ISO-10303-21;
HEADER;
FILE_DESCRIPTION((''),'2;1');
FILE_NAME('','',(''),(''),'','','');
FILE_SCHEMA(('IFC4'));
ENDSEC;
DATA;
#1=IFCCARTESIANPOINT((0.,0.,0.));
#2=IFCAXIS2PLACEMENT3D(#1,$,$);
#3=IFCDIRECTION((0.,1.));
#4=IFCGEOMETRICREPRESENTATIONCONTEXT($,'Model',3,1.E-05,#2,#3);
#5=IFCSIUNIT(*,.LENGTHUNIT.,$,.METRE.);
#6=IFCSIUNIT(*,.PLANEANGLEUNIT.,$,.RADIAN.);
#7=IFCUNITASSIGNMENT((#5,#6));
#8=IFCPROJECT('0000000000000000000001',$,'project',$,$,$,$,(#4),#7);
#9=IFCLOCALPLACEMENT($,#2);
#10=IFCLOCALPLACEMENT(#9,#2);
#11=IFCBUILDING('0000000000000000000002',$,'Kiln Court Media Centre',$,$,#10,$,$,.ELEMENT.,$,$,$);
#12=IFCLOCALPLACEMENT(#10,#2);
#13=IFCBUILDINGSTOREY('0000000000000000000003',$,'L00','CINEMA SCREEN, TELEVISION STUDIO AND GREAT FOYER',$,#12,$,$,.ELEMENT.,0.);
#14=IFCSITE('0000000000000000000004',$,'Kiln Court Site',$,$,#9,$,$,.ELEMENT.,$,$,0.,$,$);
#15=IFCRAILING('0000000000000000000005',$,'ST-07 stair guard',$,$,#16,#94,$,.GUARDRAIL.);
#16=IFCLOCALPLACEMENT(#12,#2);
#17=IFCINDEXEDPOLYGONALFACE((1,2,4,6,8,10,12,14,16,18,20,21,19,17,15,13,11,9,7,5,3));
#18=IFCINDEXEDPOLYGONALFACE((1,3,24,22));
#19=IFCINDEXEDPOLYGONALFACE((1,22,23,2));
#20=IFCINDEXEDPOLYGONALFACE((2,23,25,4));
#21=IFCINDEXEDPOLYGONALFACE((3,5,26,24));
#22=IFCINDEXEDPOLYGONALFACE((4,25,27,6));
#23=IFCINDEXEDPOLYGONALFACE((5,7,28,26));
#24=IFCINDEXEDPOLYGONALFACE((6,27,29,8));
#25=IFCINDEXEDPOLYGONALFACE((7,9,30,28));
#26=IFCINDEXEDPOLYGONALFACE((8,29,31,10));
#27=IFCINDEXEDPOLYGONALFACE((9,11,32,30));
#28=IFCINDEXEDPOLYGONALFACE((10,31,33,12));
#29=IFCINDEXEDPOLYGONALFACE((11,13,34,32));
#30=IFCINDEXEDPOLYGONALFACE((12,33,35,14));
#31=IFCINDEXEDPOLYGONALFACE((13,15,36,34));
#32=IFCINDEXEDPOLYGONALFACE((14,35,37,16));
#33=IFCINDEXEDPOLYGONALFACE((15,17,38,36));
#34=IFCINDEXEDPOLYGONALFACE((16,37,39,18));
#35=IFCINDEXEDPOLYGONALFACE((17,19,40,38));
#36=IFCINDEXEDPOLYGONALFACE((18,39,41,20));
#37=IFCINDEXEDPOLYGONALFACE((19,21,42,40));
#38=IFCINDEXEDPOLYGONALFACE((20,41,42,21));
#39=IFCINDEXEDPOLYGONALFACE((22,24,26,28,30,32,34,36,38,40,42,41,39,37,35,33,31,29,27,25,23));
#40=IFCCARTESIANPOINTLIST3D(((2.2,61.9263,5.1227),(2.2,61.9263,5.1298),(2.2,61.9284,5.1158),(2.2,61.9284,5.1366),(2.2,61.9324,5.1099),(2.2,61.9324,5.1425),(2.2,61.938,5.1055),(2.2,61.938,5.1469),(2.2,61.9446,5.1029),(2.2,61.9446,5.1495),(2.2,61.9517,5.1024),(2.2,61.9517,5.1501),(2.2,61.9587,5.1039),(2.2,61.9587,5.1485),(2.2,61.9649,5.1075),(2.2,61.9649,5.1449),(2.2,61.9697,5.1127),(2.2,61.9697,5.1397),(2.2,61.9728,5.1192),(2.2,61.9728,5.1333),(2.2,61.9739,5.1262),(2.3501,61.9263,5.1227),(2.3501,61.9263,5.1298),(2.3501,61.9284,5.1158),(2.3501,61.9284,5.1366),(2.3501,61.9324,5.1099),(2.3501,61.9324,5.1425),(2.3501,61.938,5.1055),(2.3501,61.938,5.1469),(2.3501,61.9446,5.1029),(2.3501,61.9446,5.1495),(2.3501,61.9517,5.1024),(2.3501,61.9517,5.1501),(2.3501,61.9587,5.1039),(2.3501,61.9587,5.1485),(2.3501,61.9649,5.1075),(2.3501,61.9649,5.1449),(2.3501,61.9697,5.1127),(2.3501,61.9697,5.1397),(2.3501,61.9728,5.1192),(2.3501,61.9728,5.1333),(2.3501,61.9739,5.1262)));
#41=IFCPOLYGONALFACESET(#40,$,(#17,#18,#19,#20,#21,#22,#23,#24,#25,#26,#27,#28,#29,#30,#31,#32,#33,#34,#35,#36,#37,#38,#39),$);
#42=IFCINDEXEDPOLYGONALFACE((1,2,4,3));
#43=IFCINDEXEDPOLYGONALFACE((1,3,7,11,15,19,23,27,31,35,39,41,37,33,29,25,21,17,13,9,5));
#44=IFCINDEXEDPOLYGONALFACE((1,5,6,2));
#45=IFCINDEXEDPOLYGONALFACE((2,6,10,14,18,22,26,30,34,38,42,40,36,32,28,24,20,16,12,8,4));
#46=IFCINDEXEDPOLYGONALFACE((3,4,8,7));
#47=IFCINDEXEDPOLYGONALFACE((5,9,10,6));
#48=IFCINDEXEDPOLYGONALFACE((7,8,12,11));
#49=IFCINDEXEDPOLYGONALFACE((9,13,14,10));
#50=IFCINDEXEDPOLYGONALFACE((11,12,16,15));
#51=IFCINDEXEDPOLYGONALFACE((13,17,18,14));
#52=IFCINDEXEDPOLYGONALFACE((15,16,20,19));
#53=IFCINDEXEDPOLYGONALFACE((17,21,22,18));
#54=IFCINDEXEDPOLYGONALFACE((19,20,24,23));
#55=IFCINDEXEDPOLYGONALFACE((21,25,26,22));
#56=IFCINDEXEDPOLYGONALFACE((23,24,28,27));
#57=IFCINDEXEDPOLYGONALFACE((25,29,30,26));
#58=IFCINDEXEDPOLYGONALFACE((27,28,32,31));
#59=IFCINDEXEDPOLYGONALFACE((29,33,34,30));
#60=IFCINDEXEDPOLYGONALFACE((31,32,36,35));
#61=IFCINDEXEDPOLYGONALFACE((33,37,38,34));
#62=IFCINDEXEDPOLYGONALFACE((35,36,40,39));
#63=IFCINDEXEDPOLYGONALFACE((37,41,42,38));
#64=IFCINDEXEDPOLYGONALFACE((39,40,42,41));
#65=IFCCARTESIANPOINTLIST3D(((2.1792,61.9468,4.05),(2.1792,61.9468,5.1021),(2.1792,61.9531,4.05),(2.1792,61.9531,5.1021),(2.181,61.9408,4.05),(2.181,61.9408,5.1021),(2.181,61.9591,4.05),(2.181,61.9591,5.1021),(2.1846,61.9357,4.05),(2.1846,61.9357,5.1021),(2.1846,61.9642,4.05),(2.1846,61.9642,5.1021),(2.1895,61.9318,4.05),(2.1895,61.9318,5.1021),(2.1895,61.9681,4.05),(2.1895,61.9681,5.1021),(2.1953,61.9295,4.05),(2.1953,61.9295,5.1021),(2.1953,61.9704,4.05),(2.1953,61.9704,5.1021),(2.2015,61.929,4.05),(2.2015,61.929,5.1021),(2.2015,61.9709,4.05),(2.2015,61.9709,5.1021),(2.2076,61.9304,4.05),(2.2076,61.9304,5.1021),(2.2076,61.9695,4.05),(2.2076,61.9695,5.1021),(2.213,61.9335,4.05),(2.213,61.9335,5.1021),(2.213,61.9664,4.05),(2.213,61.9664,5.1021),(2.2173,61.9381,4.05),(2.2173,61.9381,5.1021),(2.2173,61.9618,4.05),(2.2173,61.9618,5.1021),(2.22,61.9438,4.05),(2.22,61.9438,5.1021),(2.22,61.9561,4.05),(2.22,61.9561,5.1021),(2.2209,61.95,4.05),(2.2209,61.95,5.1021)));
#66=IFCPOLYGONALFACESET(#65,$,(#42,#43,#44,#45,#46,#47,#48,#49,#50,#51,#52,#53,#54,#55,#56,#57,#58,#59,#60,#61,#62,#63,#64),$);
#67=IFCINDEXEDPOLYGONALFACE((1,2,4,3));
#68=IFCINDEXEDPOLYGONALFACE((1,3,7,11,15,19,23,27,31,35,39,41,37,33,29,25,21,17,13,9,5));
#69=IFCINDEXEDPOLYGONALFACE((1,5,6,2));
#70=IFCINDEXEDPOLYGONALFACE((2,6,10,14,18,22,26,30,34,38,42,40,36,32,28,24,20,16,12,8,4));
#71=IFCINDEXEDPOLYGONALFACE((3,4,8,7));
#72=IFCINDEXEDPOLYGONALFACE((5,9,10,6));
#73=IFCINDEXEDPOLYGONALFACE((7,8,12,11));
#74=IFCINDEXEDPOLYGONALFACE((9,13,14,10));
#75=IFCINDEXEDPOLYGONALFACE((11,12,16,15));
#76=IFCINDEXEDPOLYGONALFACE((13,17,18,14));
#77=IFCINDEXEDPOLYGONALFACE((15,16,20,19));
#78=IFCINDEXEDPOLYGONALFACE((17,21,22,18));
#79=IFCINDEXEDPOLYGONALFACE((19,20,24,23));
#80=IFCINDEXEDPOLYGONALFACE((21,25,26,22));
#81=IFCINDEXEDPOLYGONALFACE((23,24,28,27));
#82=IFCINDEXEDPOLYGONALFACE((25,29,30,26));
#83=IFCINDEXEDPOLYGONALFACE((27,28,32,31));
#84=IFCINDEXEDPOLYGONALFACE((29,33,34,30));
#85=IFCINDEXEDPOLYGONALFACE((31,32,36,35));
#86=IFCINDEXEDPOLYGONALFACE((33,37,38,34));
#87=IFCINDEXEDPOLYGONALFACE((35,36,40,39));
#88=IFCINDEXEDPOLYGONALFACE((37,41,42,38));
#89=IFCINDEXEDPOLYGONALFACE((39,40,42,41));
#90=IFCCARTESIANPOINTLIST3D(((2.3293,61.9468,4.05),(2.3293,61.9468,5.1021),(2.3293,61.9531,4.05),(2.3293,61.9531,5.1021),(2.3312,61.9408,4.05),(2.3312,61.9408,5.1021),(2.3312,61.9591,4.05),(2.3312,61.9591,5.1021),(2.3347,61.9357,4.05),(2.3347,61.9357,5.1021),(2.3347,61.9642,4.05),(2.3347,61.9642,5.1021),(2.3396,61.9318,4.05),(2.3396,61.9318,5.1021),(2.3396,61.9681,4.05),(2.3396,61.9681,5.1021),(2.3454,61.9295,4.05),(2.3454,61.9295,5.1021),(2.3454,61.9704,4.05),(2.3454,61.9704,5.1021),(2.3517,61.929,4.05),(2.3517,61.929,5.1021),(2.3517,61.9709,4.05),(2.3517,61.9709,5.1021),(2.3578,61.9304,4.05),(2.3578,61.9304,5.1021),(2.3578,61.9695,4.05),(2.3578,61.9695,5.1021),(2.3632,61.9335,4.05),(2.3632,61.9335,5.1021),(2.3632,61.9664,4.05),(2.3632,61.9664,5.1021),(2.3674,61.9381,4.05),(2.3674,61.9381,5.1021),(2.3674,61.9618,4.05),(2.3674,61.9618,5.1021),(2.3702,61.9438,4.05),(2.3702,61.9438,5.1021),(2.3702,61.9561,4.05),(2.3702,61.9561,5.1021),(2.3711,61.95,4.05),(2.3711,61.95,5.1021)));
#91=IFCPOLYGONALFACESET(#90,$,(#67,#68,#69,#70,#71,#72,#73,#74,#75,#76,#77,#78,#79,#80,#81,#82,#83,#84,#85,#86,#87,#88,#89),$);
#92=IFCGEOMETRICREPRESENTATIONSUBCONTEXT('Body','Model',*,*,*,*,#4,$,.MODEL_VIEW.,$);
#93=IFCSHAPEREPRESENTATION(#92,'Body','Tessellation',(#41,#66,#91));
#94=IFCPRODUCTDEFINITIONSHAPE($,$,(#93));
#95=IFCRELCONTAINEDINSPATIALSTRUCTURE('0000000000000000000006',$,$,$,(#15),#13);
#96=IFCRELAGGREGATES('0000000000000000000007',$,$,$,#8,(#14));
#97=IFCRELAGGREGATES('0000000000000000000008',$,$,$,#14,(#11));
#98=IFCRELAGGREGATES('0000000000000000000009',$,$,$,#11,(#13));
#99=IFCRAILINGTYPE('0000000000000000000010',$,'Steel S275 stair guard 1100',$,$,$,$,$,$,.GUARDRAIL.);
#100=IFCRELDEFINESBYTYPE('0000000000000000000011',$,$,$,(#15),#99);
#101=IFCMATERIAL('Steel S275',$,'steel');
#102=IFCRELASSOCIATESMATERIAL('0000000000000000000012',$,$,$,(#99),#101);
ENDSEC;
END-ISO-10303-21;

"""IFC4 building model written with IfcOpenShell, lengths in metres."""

from ifc_helpers import new_model, si_unit, direction, frame, origin, origin_2d, place, context, subcontext, project, spatial, circle, extrude, material, type_object, element, save


model = new_model("IFC4")

# Units and contexts
model_context = context("Model", 3, precision=1e-05, world=origin(), true_north=direction((0.0, 1.0)))
body_context = subcontext(model_context, "Body", "Model", "MODEL_VIEW")
ifc_project = project(units=[si_unit("LENGTHUNIT", "METRE"), si_unit("PLANEANGLEUNIT", "RADIAN")], contexts=[model_context])

# Site, building, storey
site_placement = place(None, origin())
site = spatial("IfcSite", under=ifc_project, at=site_placement, Name="Kiln Court Site", CompositionType="ELEMENT", RefElevation=0.0)
building_placement = place(site_placement, origin())
building = spatial("IfcBuilding", under=site, at=building_placement, Name="Kiln Court Media Centre", CompositionType="ELEMENT")
storey_placement = place(building_placement, origin())
storey = spatial("IfcBuildingStorey", under=building, at=storey_placement, Name="L00", Description="CINEMA SCREEN, TELEVISION STUDIO AND GREAT FOYER", CompositionType="ELEMENT", Elevation=0.0)

# Railing
ifc_material_1 = material(Name="Steel S275", Category="steel")
railing_type_1 = type_object("IfcRailingType", Name="Steel S275 stair guard 1100", PredefinedType="GUARDRAIL", material=ifc_material_1)
railing_1_placement = place(storey_placement, frame((2.2, 61.95, 4.05)))
element("IfcRailing", 1, at=railing_1_placement, inside=storey, type_object=railing_type_1, Name="ST-07 stair guard", PredefinedType="GUARDRAIL", context=body_context, shape_type="SweptSolid", body=[
    extrude(circle(Radius=0.0239, at=origin_2d()), frame((0.0, 0.0, 1.0762), z_axis=(1.0, 0.0, 0.0), x_axis=(0.0, 1.0, 0.0)), (0.0, 0.0, 1.0), 0.1501),
    extrude(circle(Radius=0.021, at=origin_2d()), origin(), (0.0, 0.0, 1.0), 1.052),
    extrude(circle(Radius=0.021, at=origin_2d()), frame((0.1501, 0.0, 0.0)), (0.0, 0.0, 1.0), 1.052),
])

save(model, "model.ifc")
